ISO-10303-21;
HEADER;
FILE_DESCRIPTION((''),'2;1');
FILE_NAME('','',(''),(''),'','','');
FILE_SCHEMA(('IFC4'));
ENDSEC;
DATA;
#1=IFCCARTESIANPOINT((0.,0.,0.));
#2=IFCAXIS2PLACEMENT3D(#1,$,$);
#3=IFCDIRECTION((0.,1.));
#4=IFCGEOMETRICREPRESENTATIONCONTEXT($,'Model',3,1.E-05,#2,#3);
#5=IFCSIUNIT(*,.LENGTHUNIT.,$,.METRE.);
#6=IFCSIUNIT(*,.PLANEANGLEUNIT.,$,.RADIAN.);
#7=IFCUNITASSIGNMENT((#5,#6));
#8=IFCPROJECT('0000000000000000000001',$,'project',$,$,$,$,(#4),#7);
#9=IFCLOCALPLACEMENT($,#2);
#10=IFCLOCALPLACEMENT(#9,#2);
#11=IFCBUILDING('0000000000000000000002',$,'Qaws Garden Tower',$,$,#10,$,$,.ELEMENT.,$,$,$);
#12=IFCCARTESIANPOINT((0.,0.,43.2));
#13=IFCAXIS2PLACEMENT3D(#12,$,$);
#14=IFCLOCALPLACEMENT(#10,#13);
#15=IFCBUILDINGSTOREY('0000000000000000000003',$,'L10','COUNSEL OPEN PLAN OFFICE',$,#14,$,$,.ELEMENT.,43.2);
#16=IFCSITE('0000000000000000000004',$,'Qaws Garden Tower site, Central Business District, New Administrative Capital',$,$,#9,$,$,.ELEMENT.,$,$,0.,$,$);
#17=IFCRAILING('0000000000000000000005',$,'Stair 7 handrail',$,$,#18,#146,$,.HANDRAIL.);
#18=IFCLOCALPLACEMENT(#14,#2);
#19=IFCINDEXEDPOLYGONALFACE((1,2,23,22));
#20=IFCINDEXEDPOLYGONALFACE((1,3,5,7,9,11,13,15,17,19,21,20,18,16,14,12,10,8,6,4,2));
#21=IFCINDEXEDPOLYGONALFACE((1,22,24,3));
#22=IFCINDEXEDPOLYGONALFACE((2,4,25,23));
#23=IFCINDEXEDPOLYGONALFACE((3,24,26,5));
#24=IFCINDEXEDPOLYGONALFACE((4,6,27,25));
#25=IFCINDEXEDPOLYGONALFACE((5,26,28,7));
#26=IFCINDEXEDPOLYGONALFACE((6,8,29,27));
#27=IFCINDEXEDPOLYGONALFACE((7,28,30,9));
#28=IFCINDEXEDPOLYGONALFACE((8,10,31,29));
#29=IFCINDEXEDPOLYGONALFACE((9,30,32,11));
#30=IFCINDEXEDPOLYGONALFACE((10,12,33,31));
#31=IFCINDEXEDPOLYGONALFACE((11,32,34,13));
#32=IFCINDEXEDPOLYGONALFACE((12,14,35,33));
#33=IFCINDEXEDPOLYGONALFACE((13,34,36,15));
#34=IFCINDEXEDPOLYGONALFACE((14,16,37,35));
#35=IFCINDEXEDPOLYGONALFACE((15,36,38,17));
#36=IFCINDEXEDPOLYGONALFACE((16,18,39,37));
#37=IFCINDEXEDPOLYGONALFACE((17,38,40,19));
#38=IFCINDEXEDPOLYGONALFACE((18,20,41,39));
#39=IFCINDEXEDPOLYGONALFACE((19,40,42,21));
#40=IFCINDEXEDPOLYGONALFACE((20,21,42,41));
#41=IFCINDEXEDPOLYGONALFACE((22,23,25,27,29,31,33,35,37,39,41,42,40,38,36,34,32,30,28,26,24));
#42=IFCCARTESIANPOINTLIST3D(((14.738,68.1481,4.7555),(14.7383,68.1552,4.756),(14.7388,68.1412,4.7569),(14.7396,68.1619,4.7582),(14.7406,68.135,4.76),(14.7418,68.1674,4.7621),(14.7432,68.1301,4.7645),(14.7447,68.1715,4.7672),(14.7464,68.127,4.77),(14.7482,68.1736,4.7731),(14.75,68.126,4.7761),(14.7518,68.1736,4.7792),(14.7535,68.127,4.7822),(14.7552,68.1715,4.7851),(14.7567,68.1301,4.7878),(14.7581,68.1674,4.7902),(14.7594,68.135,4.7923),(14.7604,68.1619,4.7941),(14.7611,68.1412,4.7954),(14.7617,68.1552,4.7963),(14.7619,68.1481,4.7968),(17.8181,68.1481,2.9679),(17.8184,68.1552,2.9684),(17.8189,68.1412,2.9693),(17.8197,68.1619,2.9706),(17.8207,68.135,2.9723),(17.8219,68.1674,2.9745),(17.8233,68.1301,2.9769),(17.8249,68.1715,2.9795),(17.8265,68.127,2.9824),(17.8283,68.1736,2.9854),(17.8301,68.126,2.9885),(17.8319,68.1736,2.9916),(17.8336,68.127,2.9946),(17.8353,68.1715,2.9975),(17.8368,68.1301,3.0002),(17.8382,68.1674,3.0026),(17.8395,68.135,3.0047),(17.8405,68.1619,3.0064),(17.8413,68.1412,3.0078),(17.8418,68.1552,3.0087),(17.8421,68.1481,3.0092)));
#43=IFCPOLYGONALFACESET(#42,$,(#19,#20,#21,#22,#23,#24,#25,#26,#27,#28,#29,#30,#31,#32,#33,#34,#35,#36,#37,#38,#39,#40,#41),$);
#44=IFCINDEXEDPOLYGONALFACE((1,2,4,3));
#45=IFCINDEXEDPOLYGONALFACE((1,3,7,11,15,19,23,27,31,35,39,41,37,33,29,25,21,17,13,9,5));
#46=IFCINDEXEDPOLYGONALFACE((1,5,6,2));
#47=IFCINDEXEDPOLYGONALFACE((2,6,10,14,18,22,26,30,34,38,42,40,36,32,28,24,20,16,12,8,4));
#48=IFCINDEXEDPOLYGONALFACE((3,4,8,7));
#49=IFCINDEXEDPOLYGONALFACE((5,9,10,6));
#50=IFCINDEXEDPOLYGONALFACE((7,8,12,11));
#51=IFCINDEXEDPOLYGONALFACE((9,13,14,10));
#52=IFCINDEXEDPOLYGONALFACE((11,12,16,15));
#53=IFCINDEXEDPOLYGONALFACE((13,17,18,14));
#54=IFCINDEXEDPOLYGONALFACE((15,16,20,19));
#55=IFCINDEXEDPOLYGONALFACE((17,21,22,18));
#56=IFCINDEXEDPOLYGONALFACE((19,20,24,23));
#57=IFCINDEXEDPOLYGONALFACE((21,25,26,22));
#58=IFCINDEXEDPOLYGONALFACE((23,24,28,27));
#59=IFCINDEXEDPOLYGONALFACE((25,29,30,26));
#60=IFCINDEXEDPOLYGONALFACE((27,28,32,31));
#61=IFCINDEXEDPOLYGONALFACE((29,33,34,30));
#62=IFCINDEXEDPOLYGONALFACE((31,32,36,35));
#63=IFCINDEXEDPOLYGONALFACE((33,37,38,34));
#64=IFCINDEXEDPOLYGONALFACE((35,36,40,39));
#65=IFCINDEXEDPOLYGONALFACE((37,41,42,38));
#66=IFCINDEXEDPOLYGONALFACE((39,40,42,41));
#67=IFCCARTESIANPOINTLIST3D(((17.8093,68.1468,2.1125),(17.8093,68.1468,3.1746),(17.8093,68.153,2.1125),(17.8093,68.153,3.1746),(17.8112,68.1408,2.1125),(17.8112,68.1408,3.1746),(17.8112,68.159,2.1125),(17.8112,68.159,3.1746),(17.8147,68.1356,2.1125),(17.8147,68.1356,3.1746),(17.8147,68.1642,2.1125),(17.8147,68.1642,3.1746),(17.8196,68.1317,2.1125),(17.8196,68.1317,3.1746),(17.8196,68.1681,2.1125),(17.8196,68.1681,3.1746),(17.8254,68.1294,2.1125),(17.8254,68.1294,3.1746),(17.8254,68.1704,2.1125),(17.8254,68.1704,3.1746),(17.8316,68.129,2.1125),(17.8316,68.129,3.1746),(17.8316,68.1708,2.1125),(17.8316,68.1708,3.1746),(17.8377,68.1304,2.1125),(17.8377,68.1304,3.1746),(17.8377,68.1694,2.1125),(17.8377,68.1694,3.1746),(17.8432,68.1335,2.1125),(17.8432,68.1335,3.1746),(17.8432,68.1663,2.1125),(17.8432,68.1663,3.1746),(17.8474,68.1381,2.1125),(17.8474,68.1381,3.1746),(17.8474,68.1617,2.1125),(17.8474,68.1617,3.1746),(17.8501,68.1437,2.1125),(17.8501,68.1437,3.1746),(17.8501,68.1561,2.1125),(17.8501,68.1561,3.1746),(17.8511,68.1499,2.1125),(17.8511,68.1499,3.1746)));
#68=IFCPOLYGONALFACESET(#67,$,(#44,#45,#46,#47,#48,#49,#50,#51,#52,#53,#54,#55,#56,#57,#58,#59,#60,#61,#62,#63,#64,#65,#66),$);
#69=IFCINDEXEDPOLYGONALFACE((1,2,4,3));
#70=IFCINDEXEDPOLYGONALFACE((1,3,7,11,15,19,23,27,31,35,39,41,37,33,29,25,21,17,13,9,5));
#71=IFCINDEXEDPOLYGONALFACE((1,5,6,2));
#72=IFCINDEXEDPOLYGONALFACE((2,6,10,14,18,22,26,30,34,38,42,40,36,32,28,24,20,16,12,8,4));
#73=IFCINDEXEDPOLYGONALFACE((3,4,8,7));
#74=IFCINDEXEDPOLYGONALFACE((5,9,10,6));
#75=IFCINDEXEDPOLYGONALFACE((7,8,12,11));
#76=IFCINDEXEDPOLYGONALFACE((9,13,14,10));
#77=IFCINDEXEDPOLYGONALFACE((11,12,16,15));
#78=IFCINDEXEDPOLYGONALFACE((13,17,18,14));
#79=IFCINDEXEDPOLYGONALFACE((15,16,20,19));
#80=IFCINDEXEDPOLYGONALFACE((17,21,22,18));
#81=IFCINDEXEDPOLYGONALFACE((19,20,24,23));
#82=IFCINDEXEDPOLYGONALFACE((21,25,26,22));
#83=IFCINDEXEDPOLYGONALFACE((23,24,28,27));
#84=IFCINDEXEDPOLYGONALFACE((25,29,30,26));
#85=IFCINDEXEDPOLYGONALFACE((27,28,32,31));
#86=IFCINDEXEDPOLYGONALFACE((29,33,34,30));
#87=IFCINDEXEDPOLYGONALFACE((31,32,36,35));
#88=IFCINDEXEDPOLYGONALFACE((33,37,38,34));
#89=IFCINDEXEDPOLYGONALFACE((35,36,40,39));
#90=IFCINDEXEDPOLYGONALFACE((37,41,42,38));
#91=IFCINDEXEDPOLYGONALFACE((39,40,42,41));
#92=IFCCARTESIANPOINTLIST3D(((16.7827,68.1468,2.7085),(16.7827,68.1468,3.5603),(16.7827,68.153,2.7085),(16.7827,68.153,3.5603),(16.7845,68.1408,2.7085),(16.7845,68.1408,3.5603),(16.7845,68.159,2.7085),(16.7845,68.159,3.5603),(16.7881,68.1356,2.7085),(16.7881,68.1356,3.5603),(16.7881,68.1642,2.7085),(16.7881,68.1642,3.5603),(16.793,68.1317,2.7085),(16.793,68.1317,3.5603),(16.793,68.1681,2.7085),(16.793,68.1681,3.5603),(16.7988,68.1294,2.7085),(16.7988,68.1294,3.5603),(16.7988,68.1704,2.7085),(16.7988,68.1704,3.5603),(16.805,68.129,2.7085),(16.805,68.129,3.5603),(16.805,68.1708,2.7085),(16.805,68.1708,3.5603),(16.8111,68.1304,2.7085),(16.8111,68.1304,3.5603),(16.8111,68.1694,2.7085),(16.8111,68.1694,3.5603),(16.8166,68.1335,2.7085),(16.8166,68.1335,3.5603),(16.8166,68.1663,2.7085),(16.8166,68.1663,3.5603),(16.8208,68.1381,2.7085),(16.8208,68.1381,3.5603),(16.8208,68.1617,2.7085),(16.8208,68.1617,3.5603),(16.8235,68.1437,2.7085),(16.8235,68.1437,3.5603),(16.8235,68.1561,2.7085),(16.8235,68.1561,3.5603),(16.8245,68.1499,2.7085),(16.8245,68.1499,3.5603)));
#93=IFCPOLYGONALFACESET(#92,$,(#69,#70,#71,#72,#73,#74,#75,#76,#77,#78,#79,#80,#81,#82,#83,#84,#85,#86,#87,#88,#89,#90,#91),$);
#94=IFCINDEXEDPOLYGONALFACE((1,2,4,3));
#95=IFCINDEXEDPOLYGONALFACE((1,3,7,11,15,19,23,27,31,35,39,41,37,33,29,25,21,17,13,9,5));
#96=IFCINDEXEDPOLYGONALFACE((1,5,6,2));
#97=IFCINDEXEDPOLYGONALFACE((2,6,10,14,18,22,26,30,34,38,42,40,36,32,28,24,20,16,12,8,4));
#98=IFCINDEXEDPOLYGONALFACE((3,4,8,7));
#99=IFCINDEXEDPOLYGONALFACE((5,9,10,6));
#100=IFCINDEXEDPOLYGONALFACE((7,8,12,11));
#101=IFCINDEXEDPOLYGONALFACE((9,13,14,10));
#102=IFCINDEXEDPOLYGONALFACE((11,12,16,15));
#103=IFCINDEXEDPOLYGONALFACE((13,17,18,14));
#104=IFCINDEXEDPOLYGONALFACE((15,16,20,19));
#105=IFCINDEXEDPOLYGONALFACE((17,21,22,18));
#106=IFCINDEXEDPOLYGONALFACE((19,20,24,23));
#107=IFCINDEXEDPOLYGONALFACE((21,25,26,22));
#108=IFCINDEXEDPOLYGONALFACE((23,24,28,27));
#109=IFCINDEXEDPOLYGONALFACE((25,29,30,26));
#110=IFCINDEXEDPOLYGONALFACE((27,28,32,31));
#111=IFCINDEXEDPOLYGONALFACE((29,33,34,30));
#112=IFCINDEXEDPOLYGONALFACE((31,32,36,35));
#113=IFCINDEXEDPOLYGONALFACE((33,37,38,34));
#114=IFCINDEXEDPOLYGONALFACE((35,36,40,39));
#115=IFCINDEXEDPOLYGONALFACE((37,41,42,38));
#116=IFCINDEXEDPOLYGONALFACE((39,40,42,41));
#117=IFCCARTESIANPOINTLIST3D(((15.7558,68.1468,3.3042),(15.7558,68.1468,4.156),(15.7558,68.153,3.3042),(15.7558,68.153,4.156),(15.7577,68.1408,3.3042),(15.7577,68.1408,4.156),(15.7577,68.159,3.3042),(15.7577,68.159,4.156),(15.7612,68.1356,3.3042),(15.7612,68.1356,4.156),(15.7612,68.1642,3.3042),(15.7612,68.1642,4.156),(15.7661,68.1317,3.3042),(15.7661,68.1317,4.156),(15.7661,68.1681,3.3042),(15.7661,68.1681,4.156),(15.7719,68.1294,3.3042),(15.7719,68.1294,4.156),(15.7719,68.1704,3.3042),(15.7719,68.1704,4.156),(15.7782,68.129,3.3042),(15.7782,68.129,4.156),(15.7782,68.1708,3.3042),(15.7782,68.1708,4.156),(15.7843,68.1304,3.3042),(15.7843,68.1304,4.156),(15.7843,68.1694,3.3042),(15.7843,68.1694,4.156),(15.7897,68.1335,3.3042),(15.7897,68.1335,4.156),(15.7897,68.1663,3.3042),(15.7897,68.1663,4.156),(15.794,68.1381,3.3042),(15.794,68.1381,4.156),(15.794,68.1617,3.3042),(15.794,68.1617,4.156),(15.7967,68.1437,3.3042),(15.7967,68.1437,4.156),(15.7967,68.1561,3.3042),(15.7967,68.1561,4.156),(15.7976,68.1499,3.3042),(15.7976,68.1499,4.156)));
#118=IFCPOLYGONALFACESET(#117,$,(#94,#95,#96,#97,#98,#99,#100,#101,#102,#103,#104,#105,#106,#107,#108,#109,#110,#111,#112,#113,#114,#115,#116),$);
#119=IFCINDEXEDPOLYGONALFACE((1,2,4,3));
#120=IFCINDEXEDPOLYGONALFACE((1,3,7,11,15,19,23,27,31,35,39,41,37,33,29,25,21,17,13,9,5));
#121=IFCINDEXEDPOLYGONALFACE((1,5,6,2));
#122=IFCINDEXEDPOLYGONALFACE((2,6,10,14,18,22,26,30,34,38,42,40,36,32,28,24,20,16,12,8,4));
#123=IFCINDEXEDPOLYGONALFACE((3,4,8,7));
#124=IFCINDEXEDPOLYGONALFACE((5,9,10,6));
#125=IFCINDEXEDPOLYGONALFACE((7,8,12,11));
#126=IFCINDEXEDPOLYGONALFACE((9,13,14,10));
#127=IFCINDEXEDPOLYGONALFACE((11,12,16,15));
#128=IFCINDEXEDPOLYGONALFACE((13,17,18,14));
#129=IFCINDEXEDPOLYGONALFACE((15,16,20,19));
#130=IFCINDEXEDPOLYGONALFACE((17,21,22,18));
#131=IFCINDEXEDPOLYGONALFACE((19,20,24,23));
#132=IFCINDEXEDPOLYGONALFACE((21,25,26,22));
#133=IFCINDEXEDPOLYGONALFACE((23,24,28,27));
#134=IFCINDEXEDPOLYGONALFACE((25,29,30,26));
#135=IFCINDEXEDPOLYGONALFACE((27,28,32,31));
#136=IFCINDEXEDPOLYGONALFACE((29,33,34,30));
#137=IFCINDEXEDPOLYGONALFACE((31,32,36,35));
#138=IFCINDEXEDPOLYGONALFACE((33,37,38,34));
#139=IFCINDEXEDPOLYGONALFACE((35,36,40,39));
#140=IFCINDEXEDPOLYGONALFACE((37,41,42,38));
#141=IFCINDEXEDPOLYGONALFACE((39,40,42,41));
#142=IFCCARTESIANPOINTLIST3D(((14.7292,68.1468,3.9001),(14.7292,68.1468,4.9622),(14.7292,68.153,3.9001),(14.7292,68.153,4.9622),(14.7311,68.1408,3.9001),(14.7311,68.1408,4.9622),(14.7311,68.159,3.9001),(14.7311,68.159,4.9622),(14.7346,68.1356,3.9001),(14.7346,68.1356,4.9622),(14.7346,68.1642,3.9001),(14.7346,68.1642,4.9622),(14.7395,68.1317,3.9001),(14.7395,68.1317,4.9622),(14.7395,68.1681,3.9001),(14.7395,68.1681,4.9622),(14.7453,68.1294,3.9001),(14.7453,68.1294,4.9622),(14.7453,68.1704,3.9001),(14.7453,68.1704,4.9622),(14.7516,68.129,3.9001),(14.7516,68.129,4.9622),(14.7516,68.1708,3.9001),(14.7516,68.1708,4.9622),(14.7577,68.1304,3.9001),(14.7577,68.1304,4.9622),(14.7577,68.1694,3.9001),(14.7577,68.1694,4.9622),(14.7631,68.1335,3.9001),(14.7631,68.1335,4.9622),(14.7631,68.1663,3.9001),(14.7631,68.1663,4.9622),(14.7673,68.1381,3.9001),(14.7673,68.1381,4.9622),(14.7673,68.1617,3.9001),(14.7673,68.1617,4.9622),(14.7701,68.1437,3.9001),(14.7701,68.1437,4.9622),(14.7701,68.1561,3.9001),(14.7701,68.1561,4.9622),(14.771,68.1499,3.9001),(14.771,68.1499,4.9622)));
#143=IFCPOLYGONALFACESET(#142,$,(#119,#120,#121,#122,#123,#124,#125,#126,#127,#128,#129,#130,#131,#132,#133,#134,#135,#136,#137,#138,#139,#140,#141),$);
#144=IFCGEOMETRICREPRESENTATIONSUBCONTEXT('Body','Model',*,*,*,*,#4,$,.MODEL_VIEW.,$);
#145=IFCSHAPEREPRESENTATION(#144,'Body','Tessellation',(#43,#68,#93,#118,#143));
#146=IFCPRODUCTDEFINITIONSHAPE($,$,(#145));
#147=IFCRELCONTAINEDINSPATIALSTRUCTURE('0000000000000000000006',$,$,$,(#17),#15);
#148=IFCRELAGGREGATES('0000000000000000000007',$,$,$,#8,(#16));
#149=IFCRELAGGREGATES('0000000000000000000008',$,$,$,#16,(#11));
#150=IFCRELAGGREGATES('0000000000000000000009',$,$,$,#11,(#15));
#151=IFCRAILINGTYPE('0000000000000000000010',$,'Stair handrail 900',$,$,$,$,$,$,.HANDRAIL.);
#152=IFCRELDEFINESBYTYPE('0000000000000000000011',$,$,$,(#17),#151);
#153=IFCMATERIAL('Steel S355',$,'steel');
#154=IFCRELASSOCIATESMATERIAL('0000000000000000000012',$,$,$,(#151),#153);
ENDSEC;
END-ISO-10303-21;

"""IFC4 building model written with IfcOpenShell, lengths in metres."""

from ifc_helpers import new_model, si_unit, direction, frame, origin, origin_2d, place, context, subcontext, project, spatial, circle, extrude, material, type_object, element, save


model = new_model("IFC4")

# Units and contexts
model_context = context("Model", 3, precision=1e-05, world=origin(), true_north=direction((0.0, 1.0)))
body_context = subcontext(model_context, "Body", "Model", "MODEL_VIEW")
ifc_project = project(units=[si_unit("LENGTHUNIT", "METRE"), si_unit("PLANEANGLEUNIT", "RADIAN")], contexts=[model_context])

# Site, building, storey
site_placement = place(None, origin())
site = spatial("IfcSite", under=ifc_project, at=site_placement, Name="Qaws Garden Tower site, Central Business District, New Administrative Capital", CompositionType="ELEMENT", RefElevation=0.0)
building_placement = place(site_placement, origin())
building = spatial("IfcBuilding", under=site, at=building_placement, Name="Qaws Garden Tower", CompositionType="ELEMENT")
storey_placement = place(building_placement, frame((0.0, 0.0, 43.2)))
storey = spatial("IfcBuildingStorey", under=building, at=storey_placement, Name="L10", Description="COUNSEL OPEN PLAN OFFICE", CompositionType="ELEMENT", Elevation=43.2)

# Railing
ifc_material_1 = material(Name="Steel S355", Category="steel")
railing_type = type_object("IfcRailingType", Name="Stair handrail 900", PredefinedType="HANDRAIL", material=ifc_material_1)
railing_placement = place(storey_placement, frame((17.8301, 68.1499, 2.1125)))
element("IfcRailing", 1, at=railing_placement, inside=storey, type_object=railing_type, Name="Stair 7 handrail", PredefinedType="HANDRAIL", context=body_context, shape_type="SweptSolid", body=[
    extrude(circle(Radius=0.0239, at=origin_2d()), frame((0.0, 0.0, 0.876), z_axis=(-0.864891, 0.0, 0.50196), x_axis=(0.0, -1.0, 0.0)), (0.0, 0.0, 1.0), 3.5613),
    extrude(circle(Radius=0.021, at=origin_2d()), origin(), (0.0, 0.0, 1.0), 1.062),
    extrude(circle(Radius=0.021, at=origin_2d()), frame((-1.0266, 0.0, 0.5959)), (0.0, 0.0, 1.0), 0.8518),
    extrude(circle(Radius=0.021, at=origin_2d()), frame((-2.0535, 0.0, 1.1917)), (0.0, 0.0, 1.0), 0.8518),
    extrude(circle(Radius=0.021, at=origin_2d()), frame((-3.0801, 0.0, 1.7876)), (0.0, 0.0, 1.0), 1.062),
])

save(model, "model.ifc")
